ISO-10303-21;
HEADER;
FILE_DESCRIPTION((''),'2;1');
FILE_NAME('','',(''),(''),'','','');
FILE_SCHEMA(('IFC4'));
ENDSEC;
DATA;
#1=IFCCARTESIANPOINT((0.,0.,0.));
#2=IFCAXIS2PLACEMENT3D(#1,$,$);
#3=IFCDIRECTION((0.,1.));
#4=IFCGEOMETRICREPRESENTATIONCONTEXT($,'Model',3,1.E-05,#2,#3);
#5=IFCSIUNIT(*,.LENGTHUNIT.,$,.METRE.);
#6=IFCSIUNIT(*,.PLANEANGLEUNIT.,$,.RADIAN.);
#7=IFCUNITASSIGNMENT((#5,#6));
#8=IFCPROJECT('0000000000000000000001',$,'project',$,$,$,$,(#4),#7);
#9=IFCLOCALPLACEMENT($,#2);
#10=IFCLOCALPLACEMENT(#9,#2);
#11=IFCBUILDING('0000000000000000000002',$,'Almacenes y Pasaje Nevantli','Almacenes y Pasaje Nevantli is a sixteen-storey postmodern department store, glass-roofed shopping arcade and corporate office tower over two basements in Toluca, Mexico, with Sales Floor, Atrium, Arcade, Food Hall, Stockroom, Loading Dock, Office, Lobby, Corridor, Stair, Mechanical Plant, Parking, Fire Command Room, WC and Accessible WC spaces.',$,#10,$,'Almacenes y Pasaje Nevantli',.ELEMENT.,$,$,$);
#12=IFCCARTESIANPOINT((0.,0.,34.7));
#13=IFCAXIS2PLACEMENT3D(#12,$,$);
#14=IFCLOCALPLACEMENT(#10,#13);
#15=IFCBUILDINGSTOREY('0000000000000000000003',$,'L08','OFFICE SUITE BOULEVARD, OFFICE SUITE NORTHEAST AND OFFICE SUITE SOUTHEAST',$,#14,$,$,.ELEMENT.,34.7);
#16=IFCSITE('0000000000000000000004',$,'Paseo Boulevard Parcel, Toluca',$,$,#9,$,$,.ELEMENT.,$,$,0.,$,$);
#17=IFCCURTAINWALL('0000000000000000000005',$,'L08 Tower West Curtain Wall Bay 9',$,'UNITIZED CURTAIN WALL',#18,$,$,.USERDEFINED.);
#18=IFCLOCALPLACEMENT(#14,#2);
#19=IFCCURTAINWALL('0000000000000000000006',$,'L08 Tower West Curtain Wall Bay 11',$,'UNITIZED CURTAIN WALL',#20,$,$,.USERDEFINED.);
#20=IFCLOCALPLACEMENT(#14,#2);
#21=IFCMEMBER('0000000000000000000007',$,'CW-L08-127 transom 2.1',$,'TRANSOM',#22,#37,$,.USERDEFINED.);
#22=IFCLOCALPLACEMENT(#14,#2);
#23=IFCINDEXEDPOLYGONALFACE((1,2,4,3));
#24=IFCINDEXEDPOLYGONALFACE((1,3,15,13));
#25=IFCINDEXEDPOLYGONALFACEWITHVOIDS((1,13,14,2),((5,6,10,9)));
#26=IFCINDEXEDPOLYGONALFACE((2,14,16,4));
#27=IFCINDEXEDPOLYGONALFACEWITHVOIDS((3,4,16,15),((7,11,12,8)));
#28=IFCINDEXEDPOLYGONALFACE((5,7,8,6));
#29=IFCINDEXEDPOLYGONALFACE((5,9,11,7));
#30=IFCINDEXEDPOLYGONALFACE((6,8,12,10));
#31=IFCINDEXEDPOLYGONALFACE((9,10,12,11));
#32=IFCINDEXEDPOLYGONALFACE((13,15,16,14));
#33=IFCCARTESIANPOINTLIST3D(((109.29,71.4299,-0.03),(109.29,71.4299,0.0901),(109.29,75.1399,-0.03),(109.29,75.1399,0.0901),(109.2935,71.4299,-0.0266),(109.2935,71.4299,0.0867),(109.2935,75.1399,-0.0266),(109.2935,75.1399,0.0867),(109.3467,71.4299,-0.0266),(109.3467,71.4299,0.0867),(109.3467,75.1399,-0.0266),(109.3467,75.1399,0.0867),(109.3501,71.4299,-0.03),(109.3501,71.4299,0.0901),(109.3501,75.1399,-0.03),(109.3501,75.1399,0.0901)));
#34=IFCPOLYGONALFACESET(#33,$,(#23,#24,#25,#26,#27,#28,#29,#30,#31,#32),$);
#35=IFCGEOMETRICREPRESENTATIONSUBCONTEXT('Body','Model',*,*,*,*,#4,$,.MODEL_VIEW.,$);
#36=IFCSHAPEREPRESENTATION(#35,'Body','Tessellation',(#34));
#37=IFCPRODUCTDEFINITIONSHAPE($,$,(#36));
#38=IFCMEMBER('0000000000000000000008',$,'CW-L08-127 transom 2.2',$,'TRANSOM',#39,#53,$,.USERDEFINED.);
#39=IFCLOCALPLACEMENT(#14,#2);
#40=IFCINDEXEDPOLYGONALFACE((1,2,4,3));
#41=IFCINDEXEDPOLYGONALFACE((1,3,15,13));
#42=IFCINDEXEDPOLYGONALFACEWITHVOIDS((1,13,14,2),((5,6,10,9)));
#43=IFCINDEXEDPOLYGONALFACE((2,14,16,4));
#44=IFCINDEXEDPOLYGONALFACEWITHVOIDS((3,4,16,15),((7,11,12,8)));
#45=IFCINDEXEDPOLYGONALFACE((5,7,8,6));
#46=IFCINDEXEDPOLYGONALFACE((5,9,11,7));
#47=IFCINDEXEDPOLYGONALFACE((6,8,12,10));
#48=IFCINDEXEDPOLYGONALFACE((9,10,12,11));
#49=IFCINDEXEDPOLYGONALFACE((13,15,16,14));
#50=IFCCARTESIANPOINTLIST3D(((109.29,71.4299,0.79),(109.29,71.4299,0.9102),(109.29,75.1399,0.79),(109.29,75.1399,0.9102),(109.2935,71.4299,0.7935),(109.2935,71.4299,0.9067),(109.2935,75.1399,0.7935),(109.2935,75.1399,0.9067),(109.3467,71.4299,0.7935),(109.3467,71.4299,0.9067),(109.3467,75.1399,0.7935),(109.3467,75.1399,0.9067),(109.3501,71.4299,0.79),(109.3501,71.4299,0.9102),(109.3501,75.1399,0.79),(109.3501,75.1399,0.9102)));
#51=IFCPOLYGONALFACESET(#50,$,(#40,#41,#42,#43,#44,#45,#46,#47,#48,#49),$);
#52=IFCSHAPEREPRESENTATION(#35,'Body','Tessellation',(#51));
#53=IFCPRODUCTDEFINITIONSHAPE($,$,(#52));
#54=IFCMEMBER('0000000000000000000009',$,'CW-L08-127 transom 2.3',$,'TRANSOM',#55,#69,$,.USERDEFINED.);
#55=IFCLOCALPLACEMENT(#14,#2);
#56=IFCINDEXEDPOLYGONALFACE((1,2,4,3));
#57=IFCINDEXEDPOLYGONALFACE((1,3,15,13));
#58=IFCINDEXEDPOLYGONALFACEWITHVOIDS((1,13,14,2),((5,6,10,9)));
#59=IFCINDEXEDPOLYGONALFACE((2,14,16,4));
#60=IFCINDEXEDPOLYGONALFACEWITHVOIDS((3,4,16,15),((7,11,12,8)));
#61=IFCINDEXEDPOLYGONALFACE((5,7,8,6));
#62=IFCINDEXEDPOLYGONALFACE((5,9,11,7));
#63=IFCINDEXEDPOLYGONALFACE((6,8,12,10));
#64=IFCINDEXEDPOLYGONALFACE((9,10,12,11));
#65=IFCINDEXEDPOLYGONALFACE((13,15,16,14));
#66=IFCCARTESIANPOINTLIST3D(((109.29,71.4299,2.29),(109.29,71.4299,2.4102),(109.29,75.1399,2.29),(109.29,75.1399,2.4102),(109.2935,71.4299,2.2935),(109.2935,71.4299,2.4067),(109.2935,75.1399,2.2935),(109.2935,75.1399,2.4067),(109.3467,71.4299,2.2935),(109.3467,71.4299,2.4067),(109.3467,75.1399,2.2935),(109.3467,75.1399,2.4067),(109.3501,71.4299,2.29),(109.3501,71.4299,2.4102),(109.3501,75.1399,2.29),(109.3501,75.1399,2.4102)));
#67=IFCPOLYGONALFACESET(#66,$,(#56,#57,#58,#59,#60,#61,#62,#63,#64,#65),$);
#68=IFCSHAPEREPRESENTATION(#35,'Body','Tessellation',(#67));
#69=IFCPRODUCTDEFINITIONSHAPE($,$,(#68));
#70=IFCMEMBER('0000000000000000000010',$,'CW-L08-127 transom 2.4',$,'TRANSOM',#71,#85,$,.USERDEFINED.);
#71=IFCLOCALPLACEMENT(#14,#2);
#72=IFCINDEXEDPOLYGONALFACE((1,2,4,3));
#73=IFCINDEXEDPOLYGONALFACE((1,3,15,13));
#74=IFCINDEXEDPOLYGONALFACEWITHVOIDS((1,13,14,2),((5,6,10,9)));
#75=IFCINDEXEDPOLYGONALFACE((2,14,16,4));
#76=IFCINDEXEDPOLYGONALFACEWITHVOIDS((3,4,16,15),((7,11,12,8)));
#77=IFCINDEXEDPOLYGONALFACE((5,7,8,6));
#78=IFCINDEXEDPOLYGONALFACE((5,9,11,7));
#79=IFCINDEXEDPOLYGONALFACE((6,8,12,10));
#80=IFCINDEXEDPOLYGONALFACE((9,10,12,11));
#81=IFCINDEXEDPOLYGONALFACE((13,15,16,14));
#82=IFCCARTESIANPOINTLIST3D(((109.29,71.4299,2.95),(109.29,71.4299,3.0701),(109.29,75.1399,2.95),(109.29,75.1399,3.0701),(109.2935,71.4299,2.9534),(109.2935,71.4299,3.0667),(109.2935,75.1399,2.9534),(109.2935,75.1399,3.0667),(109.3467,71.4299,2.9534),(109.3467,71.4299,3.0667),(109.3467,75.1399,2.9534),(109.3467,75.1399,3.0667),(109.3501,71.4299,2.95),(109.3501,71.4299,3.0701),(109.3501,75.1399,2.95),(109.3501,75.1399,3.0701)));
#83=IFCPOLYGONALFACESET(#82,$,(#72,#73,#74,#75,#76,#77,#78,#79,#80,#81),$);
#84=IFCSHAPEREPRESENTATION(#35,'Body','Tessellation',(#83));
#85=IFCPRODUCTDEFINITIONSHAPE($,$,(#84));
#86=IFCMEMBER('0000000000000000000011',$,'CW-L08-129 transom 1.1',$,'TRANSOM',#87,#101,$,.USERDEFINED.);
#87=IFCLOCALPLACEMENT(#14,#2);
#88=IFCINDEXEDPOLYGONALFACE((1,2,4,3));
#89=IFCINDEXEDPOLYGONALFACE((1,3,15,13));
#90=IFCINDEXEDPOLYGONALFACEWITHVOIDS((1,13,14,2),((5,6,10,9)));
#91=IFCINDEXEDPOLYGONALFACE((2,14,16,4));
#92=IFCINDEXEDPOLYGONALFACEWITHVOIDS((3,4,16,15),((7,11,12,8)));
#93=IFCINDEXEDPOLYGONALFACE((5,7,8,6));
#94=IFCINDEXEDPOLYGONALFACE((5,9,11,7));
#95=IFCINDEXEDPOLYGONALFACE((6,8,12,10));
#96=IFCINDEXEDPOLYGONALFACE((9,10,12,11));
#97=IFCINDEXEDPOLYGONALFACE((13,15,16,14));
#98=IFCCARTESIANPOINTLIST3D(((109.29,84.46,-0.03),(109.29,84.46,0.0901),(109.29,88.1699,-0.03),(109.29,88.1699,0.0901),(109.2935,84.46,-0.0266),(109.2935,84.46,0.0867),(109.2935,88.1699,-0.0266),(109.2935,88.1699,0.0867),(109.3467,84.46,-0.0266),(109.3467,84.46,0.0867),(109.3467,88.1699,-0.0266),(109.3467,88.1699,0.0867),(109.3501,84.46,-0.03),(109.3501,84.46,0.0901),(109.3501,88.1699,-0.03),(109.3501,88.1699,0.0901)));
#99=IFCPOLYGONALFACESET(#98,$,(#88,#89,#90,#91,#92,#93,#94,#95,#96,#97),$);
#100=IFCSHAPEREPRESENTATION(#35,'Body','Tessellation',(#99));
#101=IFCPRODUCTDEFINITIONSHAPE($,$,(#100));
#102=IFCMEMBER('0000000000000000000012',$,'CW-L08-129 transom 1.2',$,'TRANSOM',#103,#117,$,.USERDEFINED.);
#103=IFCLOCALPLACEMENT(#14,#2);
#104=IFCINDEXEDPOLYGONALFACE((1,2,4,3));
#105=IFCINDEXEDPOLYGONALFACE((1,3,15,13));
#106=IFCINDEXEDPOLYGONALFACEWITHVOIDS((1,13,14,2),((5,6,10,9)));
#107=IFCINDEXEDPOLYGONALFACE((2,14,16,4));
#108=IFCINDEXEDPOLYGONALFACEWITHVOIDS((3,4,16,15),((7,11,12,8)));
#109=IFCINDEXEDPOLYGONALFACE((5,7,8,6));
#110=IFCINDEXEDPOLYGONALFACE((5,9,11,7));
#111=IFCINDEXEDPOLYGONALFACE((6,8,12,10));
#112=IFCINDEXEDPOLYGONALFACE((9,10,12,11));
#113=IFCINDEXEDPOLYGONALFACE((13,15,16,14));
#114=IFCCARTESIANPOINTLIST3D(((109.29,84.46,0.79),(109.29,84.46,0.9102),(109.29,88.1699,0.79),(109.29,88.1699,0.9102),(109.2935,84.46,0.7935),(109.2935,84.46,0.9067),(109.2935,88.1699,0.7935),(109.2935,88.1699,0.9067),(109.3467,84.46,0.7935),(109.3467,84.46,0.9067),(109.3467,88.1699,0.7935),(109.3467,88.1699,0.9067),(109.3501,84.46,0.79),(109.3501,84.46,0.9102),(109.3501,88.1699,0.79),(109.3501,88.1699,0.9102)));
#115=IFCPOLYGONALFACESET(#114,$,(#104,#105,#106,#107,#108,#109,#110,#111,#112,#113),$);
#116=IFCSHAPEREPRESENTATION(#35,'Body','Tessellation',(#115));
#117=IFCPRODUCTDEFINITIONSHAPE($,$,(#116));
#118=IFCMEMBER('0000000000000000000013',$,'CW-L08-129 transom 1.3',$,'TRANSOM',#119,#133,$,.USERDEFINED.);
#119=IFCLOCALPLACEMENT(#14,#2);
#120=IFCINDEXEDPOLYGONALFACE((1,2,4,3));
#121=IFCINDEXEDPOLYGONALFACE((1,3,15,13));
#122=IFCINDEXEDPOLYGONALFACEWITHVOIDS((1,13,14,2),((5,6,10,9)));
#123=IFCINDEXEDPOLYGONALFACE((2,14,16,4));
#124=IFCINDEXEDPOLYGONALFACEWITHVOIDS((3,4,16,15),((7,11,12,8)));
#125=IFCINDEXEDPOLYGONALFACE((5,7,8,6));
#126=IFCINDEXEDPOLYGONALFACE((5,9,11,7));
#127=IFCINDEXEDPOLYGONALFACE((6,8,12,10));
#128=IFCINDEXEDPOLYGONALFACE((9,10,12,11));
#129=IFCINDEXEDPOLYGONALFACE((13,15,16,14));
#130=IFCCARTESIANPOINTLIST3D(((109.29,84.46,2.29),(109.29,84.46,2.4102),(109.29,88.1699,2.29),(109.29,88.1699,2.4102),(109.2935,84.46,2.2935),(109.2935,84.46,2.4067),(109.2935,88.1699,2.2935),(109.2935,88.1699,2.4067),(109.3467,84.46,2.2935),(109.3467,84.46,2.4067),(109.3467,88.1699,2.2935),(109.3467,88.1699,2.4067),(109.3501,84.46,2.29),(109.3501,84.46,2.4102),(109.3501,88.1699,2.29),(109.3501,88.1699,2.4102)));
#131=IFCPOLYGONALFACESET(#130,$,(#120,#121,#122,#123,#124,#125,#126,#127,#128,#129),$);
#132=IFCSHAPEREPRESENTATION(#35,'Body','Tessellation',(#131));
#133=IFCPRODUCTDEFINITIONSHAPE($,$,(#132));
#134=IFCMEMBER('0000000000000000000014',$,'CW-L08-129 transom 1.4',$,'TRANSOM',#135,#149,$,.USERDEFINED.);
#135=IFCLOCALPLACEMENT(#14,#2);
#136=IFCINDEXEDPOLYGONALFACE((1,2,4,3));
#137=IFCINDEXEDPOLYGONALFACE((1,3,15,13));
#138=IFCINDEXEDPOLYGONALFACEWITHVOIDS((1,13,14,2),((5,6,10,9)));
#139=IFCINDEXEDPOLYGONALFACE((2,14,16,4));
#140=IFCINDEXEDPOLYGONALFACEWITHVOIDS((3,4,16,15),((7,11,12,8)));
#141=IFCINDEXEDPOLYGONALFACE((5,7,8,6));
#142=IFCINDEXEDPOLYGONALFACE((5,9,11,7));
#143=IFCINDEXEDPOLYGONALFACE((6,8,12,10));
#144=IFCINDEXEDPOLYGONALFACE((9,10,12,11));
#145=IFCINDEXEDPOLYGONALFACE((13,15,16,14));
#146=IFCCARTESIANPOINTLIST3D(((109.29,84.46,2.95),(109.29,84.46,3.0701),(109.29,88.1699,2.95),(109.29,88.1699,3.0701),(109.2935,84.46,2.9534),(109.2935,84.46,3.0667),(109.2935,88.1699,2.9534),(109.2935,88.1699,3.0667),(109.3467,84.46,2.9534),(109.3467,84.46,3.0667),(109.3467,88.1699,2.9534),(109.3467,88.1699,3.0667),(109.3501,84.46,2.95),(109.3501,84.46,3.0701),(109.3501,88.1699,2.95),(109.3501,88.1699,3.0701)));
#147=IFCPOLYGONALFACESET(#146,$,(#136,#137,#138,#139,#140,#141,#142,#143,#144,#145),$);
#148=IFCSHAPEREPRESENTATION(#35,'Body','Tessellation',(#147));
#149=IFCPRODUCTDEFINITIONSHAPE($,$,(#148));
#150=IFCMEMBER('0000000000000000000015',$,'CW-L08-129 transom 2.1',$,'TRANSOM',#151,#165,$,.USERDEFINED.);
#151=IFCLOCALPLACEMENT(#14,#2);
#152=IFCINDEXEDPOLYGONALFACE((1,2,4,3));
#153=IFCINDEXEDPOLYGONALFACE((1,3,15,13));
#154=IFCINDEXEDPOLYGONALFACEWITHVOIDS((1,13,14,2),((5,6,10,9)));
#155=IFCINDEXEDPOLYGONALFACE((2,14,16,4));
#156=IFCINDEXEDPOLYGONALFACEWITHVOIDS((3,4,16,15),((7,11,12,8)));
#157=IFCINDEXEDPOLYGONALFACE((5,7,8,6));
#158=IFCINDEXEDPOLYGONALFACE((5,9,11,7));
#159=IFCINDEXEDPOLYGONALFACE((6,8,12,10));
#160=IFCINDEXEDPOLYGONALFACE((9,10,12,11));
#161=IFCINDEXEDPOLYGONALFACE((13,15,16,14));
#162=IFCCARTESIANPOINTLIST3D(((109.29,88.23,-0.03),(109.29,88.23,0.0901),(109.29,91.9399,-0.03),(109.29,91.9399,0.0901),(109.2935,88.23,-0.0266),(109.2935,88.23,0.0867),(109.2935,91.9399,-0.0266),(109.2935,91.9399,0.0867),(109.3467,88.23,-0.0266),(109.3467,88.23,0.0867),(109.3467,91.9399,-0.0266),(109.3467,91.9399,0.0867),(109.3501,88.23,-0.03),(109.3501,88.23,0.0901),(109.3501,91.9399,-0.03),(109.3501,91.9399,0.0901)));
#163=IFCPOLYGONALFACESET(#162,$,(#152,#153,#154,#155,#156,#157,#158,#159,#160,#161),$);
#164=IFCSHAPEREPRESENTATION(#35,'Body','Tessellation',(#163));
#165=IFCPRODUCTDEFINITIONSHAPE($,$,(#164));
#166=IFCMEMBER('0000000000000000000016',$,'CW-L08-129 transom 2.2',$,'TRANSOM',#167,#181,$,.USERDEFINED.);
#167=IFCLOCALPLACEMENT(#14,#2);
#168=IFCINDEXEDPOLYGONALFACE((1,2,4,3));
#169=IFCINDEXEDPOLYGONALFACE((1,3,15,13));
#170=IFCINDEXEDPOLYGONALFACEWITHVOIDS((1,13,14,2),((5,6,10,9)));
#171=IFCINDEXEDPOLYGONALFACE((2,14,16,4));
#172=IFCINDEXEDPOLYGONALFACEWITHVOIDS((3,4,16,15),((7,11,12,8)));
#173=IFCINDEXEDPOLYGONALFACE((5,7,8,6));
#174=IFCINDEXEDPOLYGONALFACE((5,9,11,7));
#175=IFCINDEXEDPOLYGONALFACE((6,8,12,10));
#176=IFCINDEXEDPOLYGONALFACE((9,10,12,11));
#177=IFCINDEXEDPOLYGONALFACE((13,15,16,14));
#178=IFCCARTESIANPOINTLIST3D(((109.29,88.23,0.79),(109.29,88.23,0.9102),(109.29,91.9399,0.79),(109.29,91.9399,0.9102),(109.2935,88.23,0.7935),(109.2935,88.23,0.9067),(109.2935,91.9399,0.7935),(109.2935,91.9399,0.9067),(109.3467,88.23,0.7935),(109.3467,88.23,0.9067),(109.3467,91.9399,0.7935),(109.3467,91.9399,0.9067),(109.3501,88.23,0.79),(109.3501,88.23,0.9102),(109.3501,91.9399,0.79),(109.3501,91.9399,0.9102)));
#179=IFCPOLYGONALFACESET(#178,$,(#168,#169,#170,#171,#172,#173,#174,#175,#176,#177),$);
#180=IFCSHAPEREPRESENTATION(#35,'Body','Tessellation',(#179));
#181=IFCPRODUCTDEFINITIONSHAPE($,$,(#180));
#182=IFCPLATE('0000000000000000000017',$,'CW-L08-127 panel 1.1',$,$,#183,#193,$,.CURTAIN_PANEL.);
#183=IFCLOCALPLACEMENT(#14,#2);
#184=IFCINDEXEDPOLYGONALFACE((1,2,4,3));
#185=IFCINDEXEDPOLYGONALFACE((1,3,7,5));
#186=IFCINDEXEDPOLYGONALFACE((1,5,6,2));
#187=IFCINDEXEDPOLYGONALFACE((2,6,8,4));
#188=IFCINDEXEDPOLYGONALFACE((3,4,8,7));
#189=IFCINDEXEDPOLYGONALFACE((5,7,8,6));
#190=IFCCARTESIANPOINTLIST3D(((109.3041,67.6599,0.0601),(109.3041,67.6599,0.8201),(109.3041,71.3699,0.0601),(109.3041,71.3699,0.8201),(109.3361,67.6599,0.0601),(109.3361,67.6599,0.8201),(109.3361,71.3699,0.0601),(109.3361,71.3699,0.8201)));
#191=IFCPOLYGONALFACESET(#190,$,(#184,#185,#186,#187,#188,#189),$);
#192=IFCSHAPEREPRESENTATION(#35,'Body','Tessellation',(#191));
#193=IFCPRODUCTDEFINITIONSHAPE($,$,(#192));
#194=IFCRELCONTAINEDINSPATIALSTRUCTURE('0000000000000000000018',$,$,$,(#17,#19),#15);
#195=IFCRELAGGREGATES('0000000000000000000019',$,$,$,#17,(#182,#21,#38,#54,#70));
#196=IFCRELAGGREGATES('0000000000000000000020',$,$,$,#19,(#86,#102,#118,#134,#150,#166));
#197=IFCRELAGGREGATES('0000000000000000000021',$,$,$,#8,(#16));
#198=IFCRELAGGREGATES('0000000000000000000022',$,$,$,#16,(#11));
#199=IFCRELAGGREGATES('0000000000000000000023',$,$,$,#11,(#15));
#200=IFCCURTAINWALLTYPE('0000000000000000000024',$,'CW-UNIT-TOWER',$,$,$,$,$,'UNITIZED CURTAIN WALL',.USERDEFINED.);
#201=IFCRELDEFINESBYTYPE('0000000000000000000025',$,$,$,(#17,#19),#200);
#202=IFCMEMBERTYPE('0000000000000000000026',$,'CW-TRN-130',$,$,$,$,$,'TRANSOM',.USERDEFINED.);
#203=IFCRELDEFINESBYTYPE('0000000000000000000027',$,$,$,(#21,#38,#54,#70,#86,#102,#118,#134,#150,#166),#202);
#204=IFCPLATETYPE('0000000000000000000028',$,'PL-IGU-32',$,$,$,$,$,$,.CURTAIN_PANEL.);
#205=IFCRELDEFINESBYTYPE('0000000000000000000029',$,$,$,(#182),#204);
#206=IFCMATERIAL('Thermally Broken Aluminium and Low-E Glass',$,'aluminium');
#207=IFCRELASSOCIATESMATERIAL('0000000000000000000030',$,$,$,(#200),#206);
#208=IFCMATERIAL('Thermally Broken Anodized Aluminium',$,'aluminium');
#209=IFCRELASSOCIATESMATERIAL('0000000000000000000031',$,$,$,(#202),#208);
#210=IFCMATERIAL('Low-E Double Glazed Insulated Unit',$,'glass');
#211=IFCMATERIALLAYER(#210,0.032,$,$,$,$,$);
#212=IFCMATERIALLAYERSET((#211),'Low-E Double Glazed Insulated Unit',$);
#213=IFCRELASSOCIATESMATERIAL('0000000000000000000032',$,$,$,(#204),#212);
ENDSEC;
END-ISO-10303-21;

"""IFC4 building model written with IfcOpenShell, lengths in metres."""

from ifc_helpers import new_model, si_unit, direction, frame, origin, origin_2d, place, context, subcontext, project, spatial, rectangle, hollow_rectangle, extrude, material, layer, layer_set, material_profile, profile_set, type_object, element, aggregate, save


model = new_model("IFC4")

# Units and contexts
model_context = context("Model", 3, precision=1e-05, world=origin(), true_north=direction((0.0, 1.0)))
body_context = subcontext(model_context, "Body", "Model", "MODEL_VIEW")
ifc_project = project(units=[si_unit("LENGTHUNIT", "METRE"), si_unit("PLANEANGLEUNIT", "RADIAN")], contexts=[model_context])

# Site, building, storey
site_placement = place(None, origin())
site = spatial("IfcSite", under=ifc_project, at=site_placement, Name="Paseo Boulevard Parcel, Toluca", CompositionType="ELEMENT", RefElevation=0.0)
building_placement = place(site_placement, origin())
building = spatial("IfcBuilding", under=site, at=building_placement, Name="Almacenes y Pasaje Nevantli", Description="Almacenes y Pasaje Nevantli is a sixteen-storey postmodern department store, glass-roofed shopping arcade and corporate office tower over two basements in Toluca, Mexico, with Sales Floor, Atrium, Arcade, Food Hall, Stockroom, Loading Dock, Office, Lobby, Corridor, Stair, Mechanical Plant, Parking, Fire Command Room, WC and Accessible WC spaces.", LongName="Almacenes y Pasaje Nevantli", CompositionType="ELEMENT")
storey_placement = place(building_placement, frame((0.0, 0.0, 34.7)))
storey = spatial("IfcBuildingStorey", under=building, at=storey_placement, Name="L08", Description="OFFICE SUITE BOULEVARD, OFFICE SUITE NORTHEAST AND OFFICE SUITE SOUTHEAST", CompositionType="ELEMENT", Elevation=34.7)

# Curtain walls
ifc_material_1 = material(Name="Thermally Broken Aluminium and Low-E Glass", Category="aluminium")
curtain_wall_type = type_object("IfcCurtainWallType", Name="CW-UNIT-TOWER", ElementType="UNITIZED CURTAIN WALL", PredefinedType="USERDEFINED", material=ifc_material_1)
curtain_wall_1_placement = place(storey_placement, origin())
curtain_wall_1 = element("IfcCurtainWall", 1, at=curtain_wall_1_placement, inside=storey, type_object=curtain_wall_type, Name="L08 Tower West Curtain Wall Bay 9", ObjectType="UNITIZED CURTAIN WALL", PredefinedType="USERDEFINED")
curtain_wall_2_placement = place(storey_placement, origin())
curtain_wall_2 = element("IfcCurtainWall", 2, at=curtain_wall_2_placement, inside=storey, type_object=curtain_wall_type, Name="L08 Tower West Curtain Wall Bay 11", ObjectType="UNITIZED CURTAIN WALL", PredefinedType="USERDEFINED")

# Members
ifc_material_2 = material(Name="Thermally Broken Anodized Aluminium", Category="aluminium")
ifc_material_profile_1 = material_profile(ifc_material_2, hollow_rectangle(XDim=0.0601, YDim=0.1201, WallThickness=0.0034, at=origin_2d()), Name="ALU-TRN-60x120")
ifc_profile_set_1 = profile_set([ifc_material_profile_1], Name="Thermally Broken Anodized Aluminium")
member_type_1 = type_object("IfcMemberType", Name="CW-TRN-130", ElementType="TRANSOM", PredefinedType="USERDEFINED", material=ifc_profile_set_1)
member_1_placement = place(storey_placement, frame((109.3201, 71.4299, 0.03), z_axis=(0.0, 1.0, 0.0), x_axis=(-1.0, 0.0, 0.0)))
member_1 = element("IfcMember", 3, at=member_1_placement, type_object=member_type_1, Name="CW-L08-127 transom 2.1", ObjectType="TRANSOM", PredefinedType="USERDEFINED", context=body_context, shape_type="SweptSolid", body=[
    extrude(hollow_rectangle(XDim=0.0601, YDim=0.1201, WallThickness=0.0034, at=origin_2d()), origin(), (0.0, 0.0, 1.0), 3.71),
])
member_2_placement = place(storey_placement, frame((109.3201, 71.4299, 0.8501), z_axis=(0.0, 1.0, 0.0), x_axis=(-1.0, 0.0, 0.0)))
member_2 = element("IfcMember", 4, at=member_2_placement, type_object=member_type_1, Name="CW-L08-127 transom 2.2", ObjectType="TRANSOM", PredefinedType="USERDEFINED", context=body_context, shape_type="SweptSolid", body=[
    extrude(hollow_rectangle(XDim=0.0601, YDim=0.1201, WallThickness=0.0034, at=origin_2d()), origin(), (0.0, 0.0, 1.0), 3.71),
])
member_3_placement = place(storey_placement, frame((109.3201, 71.4299, 2.3501), z_axis=(0.0, 1.0, 0.0), x_axis=(-1.0, 0.0, 0.0)))
member_3 = element("IfcMember", 5, at=member_3_placement, type_object=member_type_1, Name="CW-L08-127 transom 2.3", ObjectType="TRANSOM", PredefinedType="USERDEFINED", context=body_context, shape_type="SweptSolid", body=[
    extrude(hollow_rectangle(XDim=0.0601, YDim=0.1201, WallThickness=0.0034, at=origin_2d()), origin(), (0.0, 0.0, 1.0), 3.71),
])
member_4_placement = place(storey_placement, frame((109.3201, 71.4299, 3.01), z_axis=(0.0, 1.0, 0.0), x_axis=(-1.0, 0.0, 0.0)))
member_4 = element("IfcMember", 6, at=member_4_placement, type_object=member_type_1, Name="CW-L08-127 transom 2.4", ObjectType="TRANSOM", PredefinedType="USERDEFINED", context=body_context, shape_type="SweptSolid", body=[
    extrude(hollow_rectangle(XDim=0.0601, YDim=0.1201, WallThickness=0.0034, at=origin_2d()), origin(), (0.0, 0.0, 1.0), 3.71),
])
member_5_placement = place(storey_placement, frame((109.3201, 84.46, 0.03), z_axis=(0.0, 1.0, 0.0), x_axis=(-1.0, 0.0, 0.0)))
member_5 = element("IfcMember", 7, at=member_5_placement, type_object=member_type_1, Name="CW-L08-129 transom 1.1", ObjectType="TRANSOM", PredefinedType="USERDEFINED", context=body_context, shape_type="SweptSolid", body=[
    extrude(hollow_rectangle(XDim=0.0601, YDim=0.1201, WallThickness=0.0034, at=origin_2d()), origin(), (0.0, 0.0, 1.0), 3.71),
])
member_6_placement = place(storey_placement, frame((109.3201, 84.46, 0.8501), z_axis=(0.0, 1.0, 0.0), x_axis=(-1.0, 0.0, 0.0)))
member_6 = element("IfcMember", 8, at=member_6_placement, type_object=member_type_1, Name="CW-L08-129 transom 1.2", ObjectType="TRANSOM", PredefinedType="USERDEFINED", context=body_context, shape_type="SweptSolid", body=[
    extrude(hollow_rectangle(XDim=0.0601, YDim=0.1201, WallThickness=0.0034, at=origin_2d()), origin(), (0.0, 0.0, 1.0), 3.71),
])
member_7_placement = place(storey_placement, frame((109.3201, 84.46, 2.3501), z_axis=(0.0, 1.0, 0.0), x_axis=(-1.0, 0.0, 0.0)))
member_7 = element("IfcMember", 9, at=member_7_placement, type_object=member_type_1, Name="CW-L08-129 transom 1.3", ObjectType="TRANSOM", PredefinedType="USERDEFINED", context=body_context, shape_type="SweptSolid", body=[
    extrude(hollow_rectangle(XDim=0.0601, YDim=0.1201, WallThickness=0.0034, at=origin_2d()), origin(), (0.0, 0.0, 1.0), 3.71),
])
member_8_placement = place(storey_placement, frame((109.3201, 84.46, 3.01), z_axis=(0.0, 1.0, 0.0), x_axis=(-1.0, 0.0, 0.0)))
member_8 = element("IfcMember", 10, at=member_8_placement, type_object=member_type_1, Name="CW-L08-129 transom 1.4", ObjectType="TRANSOM", PredefinedType="USERDEFINED", context=body_context, shape_type="SweptSolid", body=[
    extrude(hollow_rectangle(XDim=0.0601, YDim=0.1201, WallThickness=0.0034, at=origin_2d()), origin(), (0.0, 0.0, 1.0), 3.71),
])
member_9_placement = place(storey_placement, frame((109.3201, 88.23, 0.03), z_axis=(0.0, 1.0, 0.0), x_axis=(-1.0, 0.0, 0.0)))
member_9 = element("IfcMember", 11, at=member_9_placement, type_object=member_type_1, Name="CW-L08-129 transom 2.1", ObjectType="TRANSOM", PredefinedType="USERDEFINED", context=body_context, shape_type="SweptSolid", body=[
    extrude(hollow_rectangle(XDim=0.0601, YDim=0.1201, WallThickness=0.0034, at=origin_2d()), origin(), (0.0, 0.0, 1.0), 3.71),
])
member_10_placement = place(storey_placement, frame((109.3201, 88.23, 0.8501), z_axis=(0.0, 1.0, 0.0), x_axis=(-1.0, 0.0, 0.0)))
member_10 = element("IfcMember", 12, at=member_10_placement, type_object=member_type_1, Name="CW-L08-129 transom 2.2", ObjectType="TRANSOM", PredefinedType="USERDEFINED", context=body_context, shape_type="SweptSolid", body=[
    extrude(hollow_rectangle(XDim=0.0601, YDim=0.1201, WallThickness=0.0034, at=origin_2d()), origin(), (0.0, 0.0, 1.0), 3.71),
])

# Plate
ifc_material_3 = material(Name="Low-E Double Glazed Insulated Unit", Category="glass")
ifc_layer = layer(ifc_material_3, 0.032)
ifc_layer_set = layer_set([ifc_layer], Name="Low-E Double Glazed Insulated Unit")
plate_type = type_object("IfcPlateType", Name="PL-IGU-32", PredefinedType="CURTAIN_PANEL", material=ifc_layer_set)
plate_1_placement = place(storey_placement, frame((109.3201, 69.5149, 0.0601), z_axis=(0.0, 0.0, 1.0), x_axis=(0.0, 1.0, 0.0)))
plate_1 = element("IfcPlate", 13, at=plate_1_placement, type_object=plate_type, Name="CW-L08-127 panel 1.1", PredefinedType="CURTAIN_PANEL", context=body_context, shape_type="SweptSolid", body=[
    extrude(rectangle(XDim=3.71, YDim=0.032, at=origin_2d()), origin(), (0.0, 0.0, 1.0), 0.76),
])
aggregate(curtain_wall_1, [plate_1, member_1, member_2, member_3, member_4])
aggregate(curtain_wall_2, [member_5, member_6, member_7, member_8, member_9, member_10])

save(model, "model.ifc")
